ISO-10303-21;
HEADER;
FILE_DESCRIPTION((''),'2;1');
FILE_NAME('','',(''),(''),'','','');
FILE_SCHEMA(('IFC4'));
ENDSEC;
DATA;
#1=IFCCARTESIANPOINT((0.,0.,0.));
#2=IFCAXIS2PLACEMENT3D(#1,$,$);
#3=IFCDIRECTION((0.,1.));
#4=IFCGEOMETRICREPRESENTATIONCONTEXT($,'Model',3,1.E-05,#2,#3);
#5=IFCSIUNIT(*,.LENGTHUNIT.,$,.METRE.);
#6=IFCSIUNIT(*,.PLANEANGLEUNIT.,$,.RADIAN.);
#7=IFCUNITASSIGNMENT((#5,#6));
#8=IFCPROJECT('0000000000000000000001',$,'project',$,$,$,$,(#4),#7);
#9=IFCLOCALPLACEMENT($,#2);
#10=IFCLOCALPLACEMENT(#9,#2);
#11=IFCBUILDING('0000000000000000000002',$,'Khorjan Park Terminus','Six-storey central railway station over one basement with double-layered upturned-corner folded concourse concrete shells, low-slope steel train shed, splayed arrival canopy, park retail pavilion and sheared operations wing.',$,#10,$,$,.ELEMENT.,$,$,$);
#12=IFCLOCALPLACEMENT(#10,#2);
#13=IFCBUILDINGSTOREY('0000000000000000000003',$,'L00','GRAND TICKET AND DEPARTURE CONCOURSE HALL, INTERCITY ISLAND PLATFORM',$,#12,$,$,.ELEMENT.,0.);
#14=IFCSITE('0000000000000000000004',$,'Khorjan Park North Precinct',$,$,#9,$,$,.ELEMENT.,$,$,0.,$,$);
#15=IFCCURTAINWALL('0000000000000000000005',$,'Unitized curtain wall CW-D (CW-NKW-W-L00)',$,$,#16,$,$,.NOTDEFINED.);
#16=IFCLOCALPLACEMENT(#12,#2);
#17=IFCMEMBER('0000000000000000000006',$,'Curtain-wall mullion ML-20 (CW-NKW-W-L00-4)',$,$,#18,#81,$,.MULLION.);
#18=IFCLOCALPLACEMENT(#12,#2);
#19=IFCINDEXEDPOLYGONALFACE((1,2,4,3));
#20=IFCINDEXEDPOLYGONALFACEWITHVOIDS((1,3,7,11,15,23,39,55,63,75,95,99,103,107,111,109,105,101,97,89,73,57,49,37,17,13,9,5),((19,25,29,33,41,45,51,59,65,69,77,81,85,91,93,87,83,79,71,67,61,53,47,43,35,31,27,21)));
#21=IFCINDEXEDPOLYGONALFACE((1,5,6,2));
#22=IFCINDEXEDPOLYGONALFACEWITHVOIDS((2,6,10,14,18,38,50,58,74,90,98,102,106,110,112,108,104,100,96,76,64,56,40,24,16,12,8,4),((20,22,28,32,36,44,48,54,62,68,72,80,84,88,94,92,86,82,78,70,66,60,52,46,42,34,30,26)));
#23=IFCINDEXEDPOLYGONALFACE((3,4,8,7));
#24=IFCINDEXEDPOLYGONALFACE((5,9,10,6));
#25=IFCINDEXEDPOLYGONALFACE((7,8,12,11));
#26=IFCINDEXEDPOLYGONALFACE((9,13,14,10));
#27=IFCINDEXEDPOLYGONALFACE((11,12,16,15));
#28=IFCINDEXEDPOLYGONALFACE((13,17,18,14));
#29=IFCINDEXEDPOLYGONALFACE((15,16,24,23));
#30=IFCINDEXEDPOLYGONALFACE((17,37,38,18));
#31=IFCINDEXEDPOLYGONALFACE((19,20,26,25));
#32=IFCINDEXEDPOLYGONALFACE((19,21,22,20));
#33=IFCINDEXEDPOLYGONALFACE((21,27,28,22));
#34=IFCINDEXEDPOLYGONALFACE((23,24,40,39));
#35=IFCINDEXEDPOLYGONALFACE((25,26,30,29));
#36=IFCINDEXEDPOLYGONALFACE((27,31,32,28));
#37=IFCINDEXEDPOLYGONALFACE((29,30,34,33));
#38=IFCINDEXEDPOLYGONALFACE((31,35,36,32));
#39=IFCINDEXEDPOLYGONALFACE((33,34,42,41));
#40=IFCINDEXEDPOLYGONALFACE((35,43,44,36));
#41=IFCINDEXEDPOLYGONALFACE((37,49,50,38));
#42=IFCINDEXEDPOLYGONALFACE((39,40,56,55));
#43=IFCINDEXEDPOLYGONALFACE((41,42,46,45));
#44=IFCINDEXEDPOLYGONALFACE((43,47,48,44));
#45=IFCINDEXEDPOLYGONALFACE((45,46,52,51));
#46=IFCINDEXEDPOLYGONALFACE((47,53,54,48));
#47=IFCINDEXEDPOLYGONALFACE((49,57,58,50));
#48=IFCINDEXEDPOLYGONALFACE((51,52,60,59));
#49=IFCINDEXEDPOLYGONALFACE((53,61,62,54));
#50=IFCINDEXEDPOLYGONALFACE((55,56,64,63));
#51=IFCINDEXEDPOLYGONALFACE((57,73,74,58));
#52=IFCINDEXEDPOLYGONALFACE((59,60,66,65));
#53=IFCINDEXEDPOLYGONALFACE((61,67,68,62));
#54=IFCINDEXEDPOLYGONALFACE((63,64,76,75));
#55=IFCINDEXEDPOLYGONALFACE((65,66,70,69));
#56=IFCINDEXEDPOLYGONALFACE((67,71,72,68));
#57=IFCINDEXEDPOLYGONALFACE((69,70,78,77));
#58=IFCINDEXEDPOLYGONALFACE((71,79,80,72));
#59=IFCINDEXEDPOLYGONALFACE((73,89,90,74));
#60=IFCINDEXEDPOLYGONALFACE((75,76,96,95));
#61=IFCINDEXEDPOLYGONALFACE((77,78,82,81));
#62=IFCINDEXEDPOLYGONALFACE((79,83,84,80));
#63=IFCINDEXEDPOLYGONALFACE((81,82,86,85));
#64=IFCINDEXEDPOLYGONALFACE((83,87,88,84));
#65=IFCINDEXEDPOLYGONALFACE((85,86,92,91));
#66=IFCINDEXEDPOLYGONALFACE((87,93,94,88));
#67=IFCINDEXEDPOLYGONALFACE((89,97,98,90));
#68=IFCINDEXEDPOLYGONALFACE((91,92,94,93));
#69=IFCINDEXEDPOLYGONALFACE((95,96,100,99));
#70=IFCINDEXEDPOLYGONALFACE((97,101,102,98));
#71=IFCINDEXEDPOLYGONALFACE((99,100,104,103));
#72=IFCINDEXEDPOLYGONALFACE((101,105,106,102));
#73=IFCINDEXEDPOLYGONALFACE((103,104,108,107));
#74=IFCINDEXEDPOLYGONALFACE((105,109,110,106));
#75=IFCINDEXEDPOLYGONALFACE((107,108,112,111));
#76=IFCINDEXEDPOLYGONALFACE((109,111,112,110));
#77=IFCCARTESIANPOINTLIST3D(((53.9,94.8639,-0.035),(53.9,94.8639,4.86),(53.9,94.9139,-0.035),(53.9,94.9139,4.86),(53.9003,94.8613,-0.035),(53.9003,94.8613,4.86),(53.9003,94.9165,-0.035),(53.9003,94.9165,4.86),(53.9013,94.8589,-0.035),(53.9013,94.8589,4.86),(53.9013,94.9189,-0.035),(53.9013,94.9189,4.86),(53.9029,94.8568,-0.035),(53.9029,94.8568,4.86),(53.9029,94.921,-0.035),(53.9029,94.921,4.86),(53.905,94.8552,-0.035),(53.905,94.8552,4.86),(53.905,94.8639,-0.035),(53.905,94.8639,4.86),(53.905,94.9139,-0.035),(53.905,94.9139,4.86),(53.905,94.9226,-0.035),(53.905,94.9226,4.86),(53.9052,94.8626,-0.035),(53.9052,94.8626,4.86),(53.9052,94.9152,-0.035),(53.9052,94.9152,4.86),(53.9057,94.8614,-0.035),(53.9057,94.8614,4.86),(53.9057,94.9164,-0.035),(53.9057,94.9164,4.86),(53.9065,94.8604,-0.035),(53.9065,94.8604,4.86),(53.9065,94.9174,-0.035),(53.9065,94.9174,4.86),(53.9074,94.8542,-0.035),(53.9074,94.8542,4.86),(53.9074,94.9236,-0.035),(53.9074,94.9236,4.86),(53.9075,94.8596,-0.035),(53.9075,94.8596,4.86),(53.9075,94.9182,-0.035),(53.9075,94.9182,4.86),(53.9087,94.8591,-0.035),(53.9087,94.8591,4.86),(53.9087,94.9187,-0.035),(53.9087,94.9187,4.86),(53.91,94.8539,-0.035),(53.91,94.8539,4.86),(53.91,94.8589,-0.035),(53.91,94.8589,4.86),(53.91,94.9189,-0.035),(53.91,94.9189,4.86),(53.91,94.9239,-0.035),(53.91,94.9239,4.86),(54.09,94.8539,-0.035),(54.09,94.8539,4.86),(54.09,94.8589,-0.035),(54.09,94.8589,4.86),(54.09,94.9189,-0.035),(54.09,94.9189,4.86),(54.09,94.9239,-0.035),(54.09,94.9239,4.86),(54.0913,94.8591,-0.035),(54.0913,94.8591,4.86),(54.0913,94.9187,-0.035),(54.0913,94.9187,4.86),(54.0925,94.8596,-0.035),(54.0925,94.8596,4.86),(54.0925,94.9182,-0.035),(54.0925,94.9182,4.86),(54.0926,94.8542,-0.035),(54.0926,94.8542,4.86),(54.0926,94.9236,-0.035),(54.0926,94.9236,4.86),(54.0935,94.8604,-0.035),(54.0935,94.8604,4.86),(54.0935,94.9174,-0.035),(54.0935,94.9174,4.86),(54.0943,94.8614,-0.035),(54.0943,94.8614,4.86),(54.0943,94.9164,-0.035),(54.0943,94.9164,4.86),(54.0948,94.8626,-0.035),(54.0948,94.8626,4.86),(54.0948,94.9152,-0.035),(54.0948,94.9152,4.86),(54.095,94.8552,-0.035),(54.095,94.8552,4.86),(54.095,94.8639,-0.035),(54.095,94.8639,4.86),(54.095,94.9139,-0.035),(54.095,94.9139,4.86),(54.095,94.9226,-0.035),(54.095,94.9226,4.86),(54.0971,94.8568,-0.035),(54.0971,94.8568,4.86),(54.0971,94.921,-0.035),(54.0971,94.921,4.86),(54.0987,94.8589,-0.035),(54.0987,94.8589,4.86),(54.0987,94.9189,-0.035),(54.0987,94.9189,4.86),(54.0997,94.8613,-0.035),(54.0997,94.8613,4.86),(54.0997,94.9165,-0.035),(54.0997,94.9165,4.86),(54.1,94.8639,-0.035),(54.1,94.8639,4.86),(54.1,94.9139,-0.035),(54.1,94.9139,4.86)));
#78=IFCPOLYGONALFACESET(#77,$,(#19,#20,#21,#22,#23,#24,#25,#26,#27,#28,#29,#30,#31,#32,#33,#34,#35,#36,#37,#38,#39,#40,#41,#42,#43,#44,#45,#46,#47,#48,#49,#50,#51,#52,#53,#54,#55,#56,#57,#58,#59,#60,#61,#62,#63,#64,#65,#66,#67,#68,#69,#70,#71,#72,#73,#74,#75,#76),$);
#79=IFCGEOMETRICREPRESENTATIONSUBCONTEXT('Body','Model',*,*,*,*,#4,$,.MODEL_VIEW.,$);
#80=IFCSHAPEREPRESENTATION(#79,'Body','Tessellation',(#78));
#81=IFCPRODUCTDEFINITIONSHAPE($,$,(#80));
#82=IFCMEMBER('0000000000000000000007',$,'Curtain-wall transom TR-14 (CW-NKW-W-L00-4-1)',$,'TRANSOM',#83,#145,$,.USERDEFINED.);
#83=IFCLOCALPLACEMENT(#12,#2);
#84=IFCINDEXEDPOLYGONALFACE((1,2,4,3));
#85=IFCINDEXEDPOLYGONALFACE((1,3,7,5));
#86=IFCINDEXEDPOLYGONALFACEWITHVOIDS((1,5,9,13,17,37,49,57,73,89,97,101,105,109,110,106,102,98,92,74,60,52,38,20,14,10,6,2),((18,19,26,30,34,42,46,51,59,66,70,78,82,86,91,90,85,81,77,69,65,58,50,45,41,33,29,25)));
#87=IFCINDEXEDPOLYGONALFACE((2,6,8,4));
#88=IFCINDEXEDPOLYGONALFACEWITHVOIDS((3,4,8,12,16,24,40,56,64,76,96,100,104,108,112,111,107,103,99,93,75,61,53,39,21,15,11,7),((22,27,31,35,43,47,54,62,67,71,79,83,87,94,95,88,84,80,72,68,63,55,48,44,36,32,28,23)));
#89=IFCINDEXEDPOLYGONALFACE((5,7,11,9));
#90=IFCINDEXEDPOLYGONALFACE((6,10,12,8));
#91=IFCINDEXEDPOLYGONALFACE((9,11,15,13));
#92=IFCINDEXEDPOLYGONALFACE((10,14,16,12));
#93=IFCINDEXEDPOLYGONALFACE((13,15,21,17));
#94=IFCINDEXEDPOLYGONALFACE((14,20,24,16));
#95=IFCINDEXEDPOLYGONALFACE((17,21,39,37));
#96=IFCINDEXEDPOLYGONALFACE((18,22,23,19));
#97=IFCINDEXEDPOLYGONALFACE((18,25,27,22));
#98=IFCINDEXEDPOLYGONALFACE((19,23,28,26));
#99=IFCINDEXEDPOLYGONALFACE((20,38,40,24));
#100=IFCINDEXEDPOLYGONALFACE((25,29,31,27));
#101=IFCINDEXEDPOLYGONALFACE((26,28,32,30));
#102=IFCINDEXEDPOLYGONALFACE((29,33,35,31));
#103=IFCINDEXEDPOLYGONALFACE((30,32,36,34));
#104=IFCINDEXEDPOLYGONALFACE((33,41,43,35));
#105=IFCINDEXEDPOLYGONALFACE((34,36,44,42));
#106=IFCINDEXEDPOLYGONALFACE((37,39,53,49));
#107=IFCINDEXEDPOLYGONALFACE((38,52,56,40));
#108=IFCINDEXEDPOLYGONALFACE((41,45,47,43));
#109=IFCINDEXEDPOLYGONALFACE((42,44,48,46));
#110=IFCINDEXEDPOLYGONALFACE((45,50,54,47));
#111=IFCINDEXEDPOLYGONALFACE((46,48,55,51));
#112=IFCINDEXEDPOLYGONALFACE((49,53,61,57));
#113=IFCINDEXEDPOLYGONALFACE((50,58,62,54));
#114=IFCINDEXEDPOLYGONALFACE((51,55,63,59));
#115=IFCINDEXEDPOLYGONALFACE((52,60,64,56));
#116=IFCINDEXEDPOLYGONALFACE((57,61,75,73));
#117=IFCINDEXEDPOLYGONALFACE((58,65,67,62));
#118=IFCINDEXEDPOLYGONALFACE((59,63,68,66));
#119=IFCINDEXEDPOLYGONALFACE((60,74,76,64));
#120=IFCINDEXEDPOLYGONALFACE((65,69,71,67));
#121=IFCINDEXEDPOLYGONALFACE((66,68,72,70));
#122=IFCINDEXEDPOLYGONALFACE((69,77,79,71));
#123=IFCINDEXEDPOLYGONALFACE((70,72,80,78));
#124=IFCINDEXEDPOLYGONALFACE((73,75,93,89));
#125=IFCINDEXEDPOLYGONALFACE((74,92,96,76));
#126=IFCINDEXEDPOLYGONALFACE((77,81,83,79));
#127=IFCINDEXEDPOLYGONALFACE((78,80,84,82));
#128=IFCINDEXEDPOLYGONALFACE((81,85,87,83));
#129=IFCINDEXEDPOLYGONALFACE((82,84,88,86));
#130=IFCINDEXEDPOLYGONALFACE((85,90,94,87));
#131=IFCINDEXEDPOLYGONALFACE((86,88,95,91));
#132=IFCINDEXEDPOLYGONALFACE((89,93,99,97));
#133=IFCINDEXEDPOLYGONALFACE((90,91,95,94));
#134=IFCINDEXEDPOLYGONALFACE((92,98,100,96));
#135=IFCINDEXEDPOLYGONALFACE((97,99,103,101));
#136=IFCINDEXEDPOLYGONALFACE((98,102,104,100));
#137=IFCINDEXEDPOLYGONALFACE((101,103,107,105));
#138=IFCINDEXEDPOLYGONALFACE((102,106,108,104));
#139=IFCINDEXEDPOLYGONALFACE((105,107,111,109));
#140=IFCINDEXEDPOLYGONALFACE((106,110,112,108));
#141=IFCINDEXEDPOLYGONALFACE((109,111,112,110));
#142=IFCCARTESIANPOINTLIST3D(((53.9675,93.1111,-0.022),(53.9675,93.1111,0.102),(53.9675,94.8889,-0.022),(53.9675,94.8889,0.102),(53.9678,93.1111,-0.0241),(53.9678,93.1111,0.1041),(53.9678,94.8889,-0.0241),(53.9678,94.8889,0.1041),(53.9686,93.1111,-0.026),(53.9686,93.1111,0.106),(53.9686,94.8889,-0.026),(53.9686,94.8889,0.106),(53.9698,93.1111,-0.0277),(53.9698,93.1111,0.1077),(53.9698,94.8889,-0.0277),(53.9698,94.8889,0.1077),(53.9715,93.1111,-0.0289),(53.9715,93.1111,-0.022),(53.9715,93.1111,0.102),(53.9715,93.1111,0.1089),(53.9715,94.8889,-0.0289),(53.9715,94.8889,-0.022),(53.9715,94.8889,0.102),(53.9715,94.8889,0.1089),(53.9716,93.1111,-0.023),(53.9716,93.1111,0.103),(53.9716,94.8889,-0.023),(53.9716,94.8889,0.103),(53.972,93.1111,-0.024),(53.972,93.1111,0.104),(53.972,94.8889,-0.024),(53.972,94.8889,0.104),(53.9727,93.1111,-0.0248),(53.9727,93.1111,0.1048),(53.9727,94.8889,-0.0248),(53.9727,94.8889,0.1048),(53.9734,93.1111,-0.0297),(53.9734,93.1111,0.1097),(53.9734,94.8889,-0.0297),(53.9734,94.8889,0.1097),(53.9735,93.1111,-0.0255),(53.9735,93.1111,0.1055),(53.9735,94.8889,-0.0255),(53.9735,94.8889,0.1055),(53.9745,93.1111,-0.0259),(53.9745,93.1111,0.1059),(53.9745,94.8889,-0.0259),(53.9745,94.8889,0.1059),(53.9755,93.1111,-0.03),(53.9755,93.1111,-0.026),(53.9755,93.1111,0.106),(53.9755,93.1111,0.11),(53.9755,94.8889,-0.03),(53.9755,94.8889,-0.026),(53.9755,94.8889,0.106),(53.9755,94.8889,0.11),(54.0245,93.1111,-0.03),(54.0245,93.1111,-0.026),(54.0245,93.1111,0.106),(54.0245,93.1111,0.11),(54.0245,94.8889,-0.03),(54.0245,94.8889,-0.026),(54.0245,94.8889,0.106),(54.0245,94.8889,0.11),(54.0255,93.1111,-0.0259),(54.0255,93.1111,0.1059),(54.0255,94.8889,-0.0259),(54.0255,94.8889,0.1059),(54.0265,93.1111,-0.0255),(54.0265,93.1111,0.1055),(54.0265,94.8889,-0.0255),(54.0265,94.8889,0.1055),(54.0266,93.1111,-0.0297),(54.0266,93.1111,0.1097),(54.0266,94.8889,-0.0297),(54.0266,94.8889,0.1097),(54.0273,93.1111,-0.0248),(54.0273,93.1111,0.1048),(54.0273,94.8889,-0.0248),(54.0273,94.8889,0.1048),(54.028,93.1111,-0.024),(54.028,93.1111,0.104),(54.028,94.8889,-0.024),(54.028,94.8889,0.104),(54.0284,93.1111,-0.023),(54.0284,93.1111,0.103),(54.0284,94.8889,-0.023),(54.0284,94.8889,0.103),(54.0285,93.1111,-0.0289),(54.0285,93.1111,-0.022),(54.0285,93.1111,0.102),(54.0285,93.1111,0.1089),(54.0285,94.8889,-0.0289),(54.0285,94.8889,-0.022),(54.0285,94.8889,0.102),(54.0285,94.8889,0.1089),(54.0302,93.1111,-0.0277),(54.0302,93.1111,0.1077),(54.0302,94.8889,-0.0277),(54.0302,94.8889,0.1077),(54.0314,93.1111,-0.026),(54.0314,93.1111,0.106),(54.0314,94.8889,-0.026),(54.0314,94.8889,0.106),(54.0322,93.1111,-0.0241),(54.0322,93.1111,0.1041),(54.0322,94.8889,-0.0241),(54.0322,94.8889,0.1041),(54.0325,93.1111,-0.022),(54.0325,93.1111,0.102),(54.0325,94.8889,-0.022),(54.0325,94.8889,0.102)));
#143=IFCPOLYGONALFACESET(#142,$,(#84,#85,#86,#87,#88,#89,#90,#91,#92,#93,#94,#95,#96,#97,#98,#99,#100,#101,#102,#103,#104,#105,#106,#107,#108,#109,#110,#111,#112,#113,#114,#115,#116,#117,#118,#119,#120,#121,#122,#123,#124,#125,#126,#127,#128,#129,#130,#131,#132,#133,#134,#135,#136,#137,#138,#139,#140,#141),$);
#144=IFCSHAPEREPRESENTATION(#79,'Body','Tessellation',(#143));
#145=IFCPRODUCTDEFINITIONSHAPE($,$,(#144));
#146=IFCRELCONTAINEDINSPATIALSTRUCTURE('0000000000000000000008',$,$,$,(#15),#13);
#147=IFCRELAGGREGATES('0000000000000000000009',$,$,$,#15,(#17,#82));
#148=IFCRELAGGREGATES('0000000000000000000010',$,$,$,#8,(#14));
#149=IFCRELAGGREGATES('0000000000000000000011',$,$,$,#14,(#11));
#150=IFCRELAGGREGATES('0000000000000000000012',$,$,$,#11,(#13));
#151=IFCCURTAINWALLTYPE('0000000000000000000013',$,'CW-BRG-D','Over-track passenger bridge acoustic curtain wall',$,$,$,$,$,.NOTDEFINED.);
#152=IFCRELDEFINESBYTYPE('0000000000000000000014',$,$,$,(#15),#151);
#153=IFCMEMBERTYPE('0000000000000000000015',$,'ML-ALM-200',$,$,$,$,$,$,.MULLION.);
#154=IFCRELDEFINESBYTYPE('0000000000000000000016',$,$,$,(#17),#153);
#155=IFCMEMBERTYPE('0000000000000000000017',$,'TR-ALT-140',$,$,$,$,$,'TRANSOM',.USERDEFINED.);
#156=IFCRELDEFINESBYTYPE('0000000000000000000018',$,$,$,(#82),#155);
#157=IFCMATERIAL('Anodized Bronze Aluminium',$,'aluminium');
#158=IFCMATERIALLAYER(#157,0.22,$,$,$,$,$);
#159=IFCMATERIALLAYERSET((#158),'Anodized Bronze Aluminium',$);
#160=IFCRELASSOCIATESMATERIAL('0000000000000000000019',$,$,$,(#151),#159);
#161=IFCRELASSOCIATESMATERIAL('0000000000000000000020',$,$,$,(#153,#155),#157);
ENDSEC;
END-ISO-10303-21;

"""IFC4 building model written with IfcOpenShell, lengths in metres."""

from ifc_helpers import new_model, si_unit, direction, frame, origin, origin_2d, place, context, subcontext, project, spatial, hollow_rectangle, extrude, material, layer, layer_set, material_profile, profile_set, type_object, element, aggregate, save


model = new_model("IFC4")

# Units and contexts
model_context = context("Model", 3, precision=1e-05, world=origin(), true_north=direction((0.0, 1.0)))
body_context = subcontext(model_context, "Body", "Model", "MODEL_VIEW")
ifc_project = project(units=[si_unit("LENGTHUNIT", "METRE"), si_unit("PLANEANGLEUNIT", "RADIAN")], contexts=[model_context])

# Site, building, storey
site_placement = place(None, origin())
site = spatial("IfcSite", under=ifc_project, at=site_placement, Name="Khorjan Park North Precinct", CompositionType="ELEMENT", RefElevation=0.0)
building_placement = place(site_placement, origin())
building = spatial("IfcBuilding", under=site, at=building_placement, Name="Khorjan Park Terminus", Description="Six-storey central railway station over one basement with double-layered upturned-corner folded concourse concrete shells, low-slope steel train shed, splayed arrival canopy, park retail pavilion and sheared operations wing.", CompositionType="ELEMENT")
storey_placement = place(building_placement, origin())
storey = spatial("IfcBuildingStorey", under=building, at=storey_placement, Name="L00", Description="GRAND TICKET AND DEPARTURE CONCOURSE HALL, INTERCITY ISLAND PLATFORM", CompositionType="ELEMENT", Elevation=0.0)

# Curtain wall, members
ifc_material_1 = material(Name="Anodized Bronze Aluminium", Category="aluminium")
ifc_layer_1 = layer(ifc_material_1, 0.22)
ifc_layer_set_1 = layer_set([ifc_layer_1], Name="Anodized Bronze Aluminium")
curtain_wall_type = type_object("IfcCurtainWallType", Name="CW-BRG-D", Description="Over-track passenger bridge acoustic curtain wall", PredefinedType="NOTDEFINED", material=ifc_layer_set_1)
curtain_wall_placement = place(storey_placement, origin())
curtain_wall = element("IfcCurtainWall", 1, at=curtain_wall_placement, inside=storey, type_object=curtain_wall_type, Name="Unitized curtain wall CW-D (CW-NKW-W-L00)", PredefinedType="NOTDEFINED")
ifc_material_profile_1 = material_profile(ifc_material_1, hollow_rectangle(XDim=0.07, YDim=0.2, WallThickness=0.005, InnerFilletRadius=0.005, OuterFilletRadius=0.01, at=origin_2d()), Name="ALM 70x200x5")
ifc_profile_set_1 = profile_set([ifc_material_profile_1], Name="Anodized Bronze Aluminium")
member_type_1 = type_object("IfcMemberType", Name="ML-ALM-200", PredefinedType="MULLION", material=ifc_profile_set_1)
member_1_placement = place(storey_placement, frame((54.0, 94.8889, -0.035), z_axis=(0.0, 0.0, 1.0), x_axis=(0.0, -1.0, 0.0)))
member_1 = element("IfcMember", 2, at=member_1_placement, type_object=member_type_1, Name="Curtain-wall mullion ML-20 (CW-NKW-W-L00-4)", PredefinedType="MULLION", context=body_context, shape_type="SweptSolid", body=[
    extrude(hollow_rectangle(XDim=0.07, YDim=0.2, WallThickness=0.005, InnerFilletRadius=0.005, OuterFilletRadius=0.01, at=origin_2d()), origin(), (0.0, 0.0, 1.0), 4.895),
])
ifc_material_profile_2 = material_profile(ifc_material_1, hollow_rectangle(XDim=0.065, YDim=0.14, WallThickness=0.004, InnerFilletRadius=0.004, OuterFilletRadius=0.008, at=origin_2d()), Name="ALT 65x140x4")
ifc_profile_set_2 = profile_set([ifc_material_profile_2], Name="Anodized Bronze Aluminium")
member_type_2 = type_object("IfcMemberType", Name="TR-ALT-140", ElementType="TRANSOM", PredefinedType="USERDEFINED", material=ifc_profile_set_2)
member_2_placement = place(storey_placement, frame((54.0, 94.8889, 0.04), z_axis=(0.0, -1.0, 0.0), x_axis=(1.0, 0.0, 0.0)))
member_2 = element("IfcMember", 3, at=member_2_placement, type_object=member_type_2, Name="Curtain-wall transom TR-14 (CW-NKW-W-L00-4-1)", ObjectType="TRANSOM", PredefinedType="USERDEFINED", context=body_context, shape_type="SweptSolid", body=[
    extrude(hollow_rectangle(XDim=0.065, YDim=0.14, WallThickness=0.004, InnerFilletRadius=0.004, OuterFilletRadius=0.008, at=origin_2d()), origin(), (0.0, 0.0, 1.0), 1.7778),
])
aggregate(curtain_wall, [member_1, member_2])

save(model, "model.ifc")
